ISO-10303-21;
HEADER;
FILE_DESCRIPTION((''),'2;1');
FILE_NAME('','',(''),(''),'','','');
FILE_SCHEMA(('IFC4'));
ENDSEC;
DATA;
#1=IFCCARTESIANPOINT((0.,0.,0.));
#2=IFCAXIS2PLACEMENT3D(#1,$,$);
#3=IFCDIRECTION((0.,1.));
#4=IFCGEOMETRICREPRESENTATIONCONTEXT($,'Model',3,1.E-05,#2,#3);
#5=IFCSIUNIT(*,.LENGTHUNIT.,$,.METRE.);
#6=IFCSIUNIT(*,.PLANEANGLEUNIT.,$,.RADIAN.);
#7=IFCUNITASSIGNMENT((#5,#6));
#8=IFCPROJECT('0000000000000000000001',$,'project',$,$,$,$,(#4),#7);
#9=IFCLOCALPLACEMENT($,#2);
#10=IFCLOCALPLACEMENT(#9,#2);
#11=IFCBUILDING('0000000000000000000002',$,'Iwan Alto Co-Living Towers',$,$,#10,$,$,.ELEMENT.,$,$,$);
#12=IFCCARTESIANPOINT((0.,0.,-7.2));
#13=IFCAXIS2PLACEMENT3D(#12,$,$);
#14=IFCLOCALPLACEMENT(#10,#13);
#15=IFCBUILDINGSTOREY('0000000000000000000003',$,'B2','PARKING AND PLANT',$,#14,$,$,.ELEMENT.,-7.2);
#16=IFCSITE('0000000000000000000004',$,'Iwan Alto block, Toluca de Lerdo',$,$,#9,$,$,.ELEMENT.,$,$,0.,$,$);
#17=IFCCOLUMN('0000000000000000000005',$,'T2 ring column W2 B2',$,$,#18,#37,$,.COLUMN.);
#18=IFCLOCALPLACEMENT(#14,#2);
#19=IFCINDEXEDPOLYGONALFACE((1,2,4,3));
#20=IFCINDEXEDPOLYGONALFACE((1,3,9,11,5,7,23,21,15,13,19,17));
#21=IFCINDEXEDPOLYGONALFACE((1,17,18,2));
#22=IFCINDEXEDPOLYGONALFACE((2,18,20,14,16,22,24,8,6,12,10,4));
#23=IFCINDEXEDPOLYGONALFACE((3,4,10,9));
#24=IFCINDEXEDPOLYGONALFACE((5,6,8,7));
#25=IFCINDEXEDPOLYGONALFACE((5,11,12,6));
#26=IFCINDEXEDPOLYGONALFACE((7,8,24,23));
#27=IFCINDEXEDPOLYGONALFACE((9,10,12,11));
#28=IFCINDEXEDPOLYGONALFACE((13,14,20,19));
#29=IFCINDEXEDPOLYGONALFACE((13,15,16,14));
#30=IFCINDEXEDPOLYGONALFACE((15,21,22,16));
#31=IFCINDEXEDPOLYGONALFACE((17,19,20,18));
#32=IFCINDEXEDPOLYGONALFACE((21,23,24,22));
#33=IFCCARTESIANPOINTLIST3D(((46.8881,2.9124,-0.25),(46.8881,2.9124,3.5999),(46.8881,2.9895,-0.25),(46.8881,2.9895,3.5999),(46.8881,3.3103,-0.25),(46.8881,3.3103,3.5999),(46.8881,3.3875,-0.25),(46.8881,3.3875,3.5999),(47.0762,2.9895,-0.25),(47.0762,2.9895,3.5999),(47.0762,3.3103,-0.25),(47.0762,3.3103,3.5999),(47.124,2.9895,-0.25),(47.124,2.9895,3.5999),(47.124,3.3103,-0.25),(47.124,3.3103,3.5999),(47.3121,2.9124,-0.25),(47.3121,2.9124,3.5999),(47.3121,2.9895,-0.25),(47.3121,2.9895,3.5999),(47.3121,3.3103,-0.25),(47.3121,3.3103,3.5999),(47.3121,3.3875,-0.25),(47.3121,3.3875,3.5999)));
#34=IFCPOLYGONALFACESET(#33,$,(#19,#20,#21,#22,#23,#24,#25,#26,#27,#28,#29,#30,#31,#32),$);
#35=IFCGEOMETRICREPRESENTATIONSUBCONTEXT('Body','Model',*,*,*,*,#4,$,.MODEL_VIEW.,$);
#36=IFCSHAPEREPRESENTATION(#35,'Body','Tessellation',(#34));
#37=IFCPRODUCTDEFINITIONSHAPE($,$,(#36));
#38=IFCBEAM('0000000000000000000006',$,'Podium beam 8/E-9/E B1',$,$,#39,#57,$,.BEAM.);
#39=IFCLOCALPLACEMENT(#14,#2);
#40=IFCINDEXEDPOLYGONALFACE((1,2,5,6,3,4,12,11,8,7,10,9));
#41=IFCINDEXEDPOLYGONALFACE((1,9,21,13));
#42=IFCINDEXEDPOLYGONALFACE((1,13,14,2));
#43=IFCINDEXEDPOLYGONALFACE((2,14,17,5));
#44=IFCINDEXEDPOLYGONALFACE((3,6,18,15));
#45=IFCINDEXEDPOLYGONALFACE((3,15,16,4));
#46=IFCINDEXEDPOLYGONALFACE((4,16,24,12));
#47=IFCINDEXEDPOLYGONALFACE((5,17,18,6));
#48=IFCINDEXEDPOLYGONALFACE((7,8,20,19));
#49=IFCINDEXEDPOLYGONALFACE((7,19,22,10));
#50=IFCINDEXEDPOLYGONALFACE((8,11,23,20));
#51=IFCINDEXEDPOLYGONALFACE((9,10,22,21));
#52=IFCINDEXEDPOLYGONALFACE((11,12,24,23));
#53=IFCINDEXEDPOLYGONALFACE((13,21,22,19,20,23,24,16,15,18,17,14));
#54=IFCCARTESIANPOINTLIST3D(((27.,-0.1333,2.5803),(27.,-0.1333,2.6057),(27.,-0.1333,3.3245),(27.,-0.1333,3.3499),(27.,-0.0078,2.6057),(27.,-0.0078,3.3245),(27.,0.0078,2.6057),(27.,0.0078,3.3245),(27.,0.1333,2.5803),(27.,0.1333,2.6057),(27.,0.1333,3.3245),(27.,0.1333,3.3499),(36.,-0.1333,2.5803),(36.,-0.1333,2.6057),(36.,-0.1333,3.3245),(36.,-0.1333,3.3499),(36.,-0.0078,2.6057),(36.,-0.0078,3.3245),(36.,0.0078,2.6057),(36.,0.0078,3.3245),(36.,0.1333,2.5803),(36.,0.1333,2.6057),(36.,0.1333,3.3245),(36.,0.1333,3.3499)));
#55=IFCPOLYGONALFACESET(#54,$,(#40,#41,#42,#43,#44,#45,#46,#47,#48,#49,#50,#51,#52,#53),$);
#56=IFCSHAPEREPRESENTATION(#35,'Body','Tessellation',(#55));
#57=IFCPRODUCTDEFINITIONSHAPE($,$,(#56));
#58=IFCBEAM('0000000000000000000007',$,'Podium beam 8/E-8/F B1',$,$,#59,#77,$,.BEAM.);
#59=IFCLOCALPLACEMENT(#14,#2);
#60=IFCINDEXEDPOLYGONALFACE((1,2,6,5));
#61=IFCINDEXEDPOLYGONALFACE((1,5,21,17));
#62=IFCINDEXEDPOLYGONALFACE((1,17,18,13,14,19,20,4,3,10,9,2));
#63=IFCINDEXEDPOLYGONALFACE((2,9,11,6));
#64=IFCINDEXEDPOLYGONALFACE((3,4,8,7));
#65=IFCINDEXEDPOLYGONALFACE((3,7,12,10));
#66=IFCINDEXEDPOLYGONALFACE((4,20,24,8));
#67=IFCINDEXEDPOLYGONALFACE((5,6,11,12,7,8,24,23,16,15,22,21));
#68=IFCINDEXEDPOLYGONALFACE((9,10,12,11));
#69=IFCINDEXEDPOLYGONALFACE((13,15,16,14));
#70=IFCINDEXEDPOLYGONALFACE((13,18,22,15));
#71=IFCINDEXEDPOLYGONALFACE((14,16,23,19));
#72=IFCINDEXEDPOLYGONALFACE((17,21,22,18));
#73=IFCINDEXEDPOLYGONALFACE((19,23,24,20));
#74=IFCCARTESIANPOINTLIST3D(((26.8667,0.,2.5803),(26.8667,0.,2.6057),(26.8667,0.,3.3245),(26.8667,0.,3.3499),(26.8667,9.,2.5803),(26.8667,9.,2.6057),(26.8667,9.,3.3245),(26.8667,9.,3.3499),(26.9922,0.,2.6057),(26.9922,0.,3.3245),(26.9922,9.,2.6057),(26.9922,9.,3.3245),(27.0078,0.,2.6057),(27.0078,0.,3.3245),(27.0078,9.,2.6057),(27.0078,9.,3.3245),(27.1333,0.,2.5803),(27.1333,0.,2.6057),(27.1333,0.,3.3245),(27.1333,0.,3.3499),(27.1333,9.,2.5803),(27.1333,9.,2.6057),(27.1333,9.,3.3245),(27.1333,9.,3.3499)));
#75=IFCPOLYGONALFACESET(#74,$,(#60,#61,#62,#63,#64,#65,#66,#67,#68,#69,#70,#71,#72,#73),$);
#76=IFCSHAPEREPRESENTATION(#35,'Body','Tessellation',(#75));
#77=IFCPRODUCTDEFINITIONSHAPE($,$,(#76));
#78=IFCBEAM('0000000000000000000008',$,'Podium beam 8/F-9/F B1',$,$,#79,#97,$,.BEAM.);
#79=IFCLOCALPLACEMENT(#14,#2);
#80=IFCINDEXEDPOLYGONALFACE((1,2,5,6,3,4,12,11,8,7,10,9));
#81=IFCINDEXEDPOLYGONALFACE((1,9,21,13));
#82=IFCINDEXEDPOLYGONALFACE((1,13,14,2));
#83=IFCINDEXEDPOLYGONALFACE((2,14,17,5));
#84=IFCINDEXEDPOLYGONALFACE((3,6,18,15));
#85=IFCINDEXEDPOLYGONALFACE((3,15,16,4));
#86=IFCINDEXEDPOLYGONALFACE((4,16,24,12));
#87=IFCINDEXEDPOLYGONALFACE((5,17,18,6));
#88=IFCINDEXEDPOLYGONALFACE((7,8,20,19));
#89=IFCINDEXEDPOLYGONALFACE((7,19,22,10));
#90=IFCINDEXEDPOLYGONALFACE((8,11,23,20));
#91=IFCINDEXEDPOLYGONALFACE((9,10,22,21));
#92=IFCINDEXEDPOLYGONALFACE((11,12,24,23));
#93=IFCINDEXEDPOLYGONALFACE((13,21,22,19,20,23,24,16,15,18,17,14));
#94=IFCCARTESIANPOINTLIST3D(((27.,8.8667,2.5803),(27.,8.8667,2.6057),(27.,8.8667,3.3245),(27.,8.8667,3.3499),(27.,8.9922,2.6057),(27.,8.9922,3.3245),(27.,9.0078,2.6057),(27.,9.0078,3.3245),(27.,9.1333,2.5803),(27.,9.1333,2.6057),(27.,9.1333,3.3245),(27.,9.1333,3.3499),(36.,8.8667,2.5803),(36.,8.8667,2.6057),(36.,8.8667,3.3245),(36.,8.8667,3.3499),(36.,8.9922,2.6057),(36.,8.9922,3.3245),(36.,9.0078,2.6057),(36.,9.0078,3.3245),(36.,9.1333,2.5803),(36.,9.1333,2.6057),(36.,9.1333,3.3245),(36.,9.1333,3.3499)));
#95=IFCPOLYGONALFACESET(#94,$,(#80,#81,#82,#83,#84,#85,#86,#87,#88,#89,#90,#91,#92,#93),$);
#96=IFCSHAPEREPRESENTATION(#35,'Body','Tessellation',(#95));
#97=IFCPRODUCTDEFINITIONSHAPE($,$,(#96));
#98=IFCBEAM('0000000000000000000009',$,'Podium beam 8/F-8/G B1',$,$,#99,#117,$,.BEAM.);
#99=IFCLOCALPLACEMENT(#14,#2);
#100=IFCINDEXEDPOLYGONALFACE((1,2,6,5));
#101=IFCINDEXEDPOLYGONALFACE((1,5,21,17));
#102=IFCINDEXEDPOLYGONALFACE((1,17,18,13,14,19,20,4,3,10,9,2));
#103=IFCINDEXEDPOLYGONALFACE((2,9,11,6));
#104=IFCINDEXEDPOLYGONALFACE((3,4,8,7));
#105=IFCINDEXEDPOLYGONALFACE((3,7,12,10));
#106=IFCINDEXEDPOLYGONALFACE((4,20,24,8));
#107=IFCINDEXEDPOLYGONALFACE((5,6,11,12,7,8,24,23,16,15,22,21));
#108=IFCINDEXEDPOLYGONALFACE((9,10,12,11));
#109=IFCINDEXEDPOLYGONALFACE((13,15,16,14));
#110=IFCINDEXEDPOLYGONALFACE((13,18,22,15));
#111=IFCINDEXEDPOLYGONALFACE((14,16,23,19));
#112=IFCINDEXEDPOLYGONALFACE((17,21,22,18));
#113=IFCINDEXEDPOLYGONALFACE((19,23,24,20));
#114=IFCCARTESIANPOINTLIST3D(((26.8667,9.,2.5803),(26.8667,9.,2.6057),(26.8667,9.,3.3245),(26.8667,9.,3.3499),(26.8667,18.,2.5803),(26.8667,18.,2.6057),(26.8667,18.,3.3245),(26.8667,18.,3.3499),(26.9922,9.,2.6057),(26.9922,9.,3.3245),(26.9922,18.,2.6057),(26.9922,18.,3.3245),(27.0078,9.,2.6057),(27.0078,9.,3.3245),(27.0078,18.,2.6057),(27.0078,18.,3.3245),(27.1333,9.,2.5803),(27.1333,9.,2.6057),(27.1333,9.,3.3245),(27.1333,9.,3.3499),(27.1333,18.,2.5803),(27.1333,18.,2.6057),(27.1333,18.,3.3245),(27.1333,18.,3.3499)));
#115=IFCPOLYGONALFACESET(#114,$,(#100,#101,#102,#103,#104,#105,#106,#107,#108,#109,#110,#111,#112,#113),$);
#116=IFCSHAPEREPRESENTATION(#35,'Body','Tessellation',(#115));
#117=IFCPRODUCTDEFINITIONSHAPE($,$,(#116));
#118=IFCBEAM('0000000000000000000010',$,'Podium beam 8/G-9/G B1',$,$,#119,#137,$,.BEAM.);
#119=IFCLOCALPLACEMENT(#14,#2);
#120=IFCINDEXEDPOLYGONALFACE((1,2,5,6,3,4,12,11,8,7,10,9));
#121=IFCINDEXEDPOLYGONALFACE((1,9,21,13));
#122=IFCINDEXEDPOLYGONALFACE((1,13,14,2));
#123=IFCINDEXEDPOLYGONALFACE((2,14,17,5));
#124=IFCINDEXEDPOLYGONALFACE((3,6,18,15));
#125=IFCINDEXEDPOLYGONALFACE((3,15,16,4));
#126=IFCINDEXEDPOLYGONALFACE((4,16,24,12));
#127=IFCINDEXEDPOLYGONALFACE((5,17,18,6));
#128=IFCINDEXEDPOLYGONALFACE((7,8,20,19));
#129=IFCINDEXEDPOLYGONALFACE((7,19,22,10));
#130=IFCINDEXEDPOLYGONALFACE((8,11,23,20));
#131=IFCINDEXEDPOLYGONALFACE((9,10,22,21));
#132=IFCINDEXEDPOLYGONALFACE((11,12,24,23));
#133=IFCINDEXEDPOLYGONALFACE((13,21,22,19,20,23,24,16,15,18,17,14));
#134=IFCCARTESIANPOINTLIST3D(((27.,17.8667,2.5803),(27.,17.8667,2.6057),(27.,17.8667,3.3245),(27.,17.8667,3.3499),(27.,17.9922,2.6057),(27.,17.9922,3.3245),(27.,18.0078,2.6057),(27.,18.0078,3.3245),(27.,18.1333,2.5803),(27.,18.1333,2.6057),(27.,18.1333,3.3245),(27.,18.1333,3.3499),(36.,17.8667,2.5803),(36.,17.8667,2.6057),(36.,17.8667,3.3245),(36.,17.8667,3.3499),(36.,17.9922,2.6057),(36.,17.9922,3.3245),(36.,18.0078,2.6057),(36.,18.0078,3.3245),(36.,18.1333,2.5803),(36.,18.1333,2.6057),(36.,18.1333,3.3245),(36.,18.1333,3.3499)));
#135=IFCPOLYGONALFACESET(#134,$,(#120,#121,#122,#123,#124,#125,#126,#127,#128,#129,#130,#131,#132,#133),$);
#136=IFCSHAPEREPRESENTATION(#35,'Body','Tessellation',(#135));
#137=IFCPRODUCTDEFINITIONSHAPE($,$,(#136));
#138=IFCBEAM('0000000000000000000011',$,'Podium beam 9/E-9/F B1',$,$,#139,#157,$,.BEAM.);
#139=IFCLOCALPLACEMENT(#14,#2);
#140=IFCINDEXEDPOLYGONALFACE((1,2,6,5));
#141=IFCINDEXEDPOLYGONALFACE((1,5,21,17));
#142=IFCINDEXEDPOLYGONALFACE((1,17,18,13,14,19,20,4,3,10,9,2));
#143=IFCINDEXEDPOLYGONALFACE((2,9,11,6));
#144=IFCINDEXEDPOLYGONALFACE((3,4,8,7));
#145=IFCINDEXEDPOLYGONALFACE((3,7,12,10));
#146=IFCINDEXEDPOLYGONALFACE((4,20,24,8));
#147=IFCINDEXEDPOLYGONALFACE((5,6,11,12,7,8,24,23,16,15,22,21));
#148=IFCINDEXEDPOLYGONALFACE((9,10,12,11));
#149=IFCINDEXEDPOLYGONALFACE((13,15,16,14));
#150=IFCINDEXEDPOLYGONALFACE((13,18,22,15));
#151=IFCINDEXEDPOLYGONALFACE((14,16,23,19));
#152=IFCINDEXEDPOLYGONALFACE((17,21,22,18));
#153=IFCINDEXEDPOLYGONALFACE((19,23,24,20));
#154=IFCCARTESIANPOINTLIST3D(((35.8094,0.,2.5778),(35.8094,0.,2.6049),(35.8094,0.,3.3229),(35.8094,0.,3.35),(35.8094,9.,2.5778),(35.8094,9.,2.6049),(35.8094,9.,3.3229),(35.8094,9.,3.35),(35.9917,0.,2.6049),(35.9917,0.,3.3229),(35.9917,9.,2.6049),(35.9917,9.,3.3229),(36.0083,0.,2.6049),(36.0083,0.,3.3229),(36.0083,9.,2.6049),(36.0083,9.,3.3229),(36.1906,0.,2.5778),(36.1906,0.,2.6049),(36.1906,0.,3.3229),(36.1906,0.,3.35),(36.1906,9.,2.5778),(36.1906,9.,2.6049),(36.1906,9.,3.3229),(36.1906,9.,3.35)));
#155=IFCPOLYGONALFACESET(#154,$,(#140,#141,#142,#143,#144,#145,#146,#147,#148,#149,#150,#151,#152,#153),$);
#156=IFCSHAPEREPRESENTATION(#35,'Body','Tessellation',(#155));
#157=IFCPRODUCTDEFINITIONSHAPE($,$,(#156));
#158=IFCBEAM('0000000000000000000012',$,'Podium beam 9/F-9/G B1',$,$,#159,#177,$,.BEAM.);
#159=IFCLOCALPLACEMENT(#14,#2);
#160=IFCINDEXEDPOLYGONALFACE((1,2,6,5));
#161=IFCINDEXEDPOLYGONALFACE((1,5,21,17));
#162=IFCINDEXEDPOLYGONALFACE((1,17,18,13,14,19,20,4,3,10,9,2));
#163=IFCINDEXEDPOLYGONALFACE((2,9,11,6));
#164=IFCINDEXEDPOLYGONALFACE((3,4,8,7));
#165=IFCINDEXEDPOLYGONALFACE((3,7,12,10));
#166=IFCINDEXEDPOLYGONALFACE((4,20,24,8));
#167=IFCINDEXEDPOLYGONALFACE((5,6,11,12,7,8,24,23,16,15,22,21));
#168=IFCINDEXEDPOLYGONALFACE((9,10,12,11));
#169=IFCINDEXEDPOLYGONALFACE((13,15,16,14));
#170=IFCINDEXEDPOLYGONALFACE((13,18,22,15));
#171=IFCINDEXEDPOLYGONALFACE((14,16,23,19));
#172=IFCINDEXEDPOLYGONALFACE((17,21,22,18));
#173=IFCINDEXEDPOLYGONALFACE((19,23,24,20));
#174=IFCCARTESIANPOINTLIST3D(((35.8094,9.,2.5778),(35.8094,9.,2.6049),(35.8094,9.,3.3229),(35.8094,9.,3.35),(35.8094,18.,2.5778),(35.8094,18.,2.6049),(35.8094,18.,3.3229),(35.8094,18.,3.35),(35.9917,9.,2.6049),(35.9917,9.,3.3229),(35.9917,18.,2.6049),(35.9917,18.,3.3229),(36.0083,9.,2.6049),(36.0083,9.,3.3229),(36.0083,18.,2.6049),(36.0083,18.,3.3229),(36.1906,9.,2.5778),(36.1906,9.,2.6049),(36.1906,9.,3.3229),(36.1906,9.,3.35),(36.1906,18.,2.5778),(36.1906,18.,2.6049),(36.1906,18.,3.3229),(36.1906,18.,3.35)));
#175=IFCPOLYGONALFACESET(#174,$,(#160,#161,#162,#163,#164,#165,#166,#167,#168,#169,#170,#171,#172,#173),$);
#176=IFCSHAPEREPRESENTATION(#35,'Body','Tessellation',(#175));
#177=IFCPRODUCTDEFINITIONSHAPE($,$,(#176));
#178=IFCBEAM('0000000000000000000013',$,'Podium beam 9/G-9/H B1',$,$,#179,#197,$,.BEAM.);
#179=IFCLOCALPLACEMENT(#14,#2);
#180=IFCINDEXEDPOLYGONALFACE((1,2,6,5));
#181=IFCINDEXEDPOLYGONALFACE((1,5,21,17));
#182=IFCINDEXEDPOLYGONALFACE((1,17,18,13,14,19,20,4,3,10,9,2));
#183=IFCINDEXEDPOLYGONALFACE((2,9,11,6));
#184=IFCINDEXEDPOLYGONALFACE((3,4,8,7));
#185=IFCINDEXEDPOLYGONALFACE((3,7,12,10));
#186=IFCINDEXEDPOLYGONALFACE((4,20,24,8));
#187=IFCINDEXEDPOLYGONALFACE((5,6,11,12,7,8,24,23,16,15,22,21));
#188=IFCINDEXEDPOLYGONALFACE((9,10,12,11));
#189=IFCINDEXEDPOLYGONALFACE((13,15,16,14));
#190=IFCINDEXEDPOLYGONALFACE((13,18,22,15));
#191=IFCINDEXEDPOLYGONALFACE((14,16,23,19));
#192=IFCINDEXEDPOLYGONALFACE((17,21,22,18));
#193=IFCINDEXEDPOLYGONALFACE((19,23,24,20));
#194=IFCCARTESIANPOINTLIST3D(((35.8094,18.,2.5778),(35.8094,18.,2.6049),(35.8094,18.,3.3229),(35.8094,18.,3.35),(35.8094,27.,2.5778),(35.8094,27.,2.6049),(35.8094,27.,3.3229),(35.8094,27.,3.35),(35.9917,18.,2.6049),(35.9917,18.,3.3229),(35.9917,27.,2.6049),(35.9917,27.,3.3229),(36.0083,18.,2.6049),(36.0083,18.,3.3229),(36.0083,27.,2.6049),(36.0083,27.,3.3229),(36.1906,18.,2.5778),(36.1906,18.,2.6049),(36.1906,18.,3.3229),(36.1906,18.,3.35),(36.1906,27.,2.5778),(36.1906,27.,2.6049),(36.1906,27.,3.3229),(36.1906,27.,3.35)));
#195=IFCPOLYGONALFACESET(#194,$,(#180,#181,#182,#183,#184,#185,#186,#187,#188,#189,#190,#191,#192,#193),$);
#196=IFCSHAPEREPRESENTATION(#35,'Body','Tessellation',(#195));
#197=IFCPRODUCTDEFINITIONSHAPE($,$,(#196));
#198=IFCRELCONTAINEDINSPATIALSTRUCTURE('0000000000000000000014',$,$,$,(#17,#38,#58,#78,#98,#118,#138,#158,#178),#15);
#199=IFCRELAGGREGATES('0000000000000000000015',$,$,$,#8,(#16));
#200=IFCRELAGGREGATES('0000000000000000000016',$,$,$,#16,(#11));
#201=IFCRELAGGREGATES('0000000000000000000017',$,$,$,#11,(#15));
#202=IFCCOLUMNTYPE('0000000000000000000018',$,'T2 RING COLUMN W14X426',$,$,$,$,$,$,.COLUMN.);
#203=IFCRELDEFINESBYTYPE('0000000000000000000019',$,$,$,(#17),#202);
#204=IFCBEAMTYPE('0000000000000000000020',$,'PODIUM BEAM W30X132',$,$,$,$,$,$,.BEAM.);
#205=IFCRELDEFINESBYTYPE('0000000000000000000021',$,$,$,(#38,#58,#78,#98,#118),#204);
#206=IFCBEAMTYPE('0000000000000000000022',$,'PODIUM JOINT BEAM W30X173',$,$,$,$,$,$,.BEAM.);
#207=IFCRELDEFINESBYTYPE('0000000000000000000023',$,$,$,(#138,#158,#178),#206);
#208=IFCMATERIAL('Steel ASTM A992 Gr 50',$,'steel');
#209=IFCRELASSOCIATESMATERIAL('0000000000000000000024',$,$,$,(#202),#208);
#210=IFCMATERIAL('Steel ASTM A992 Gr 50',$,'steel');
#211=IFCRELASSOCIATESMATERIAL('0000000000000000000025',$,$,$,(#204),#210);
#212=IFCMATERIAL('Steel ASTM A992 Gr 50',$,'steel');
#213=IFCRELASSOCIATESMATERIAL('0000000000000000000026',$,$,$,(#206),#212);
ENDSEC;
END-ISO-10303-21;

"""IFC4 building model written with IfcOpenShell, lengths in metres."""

from ifc_helpers import new_model, si_unit, direction, frame, origin, origin_2d, place, context, subcontext, project, spatial, i_section, extrude, material, material_profile, profile_set, type_object, element, save


model = new_model("IFC4")

# Units and contexts
model_context = context("Model", 3, precision=1e-05, world=origin(), true_north=direction((0.0, 1.0)))
body_context = subcontext(model_context, "Body", "Model", "MODEL_VIEW")
ifc_project = project(units=[si_unit("LENGTHUNIT", "METRE"), si_unit("PLANEANGLEUNIT", "RADIAN")], contexts=[model_context])

# Site, building, storey
site_placement = place(None, origin())
site = spatial("IfcSite", under=ifc_project, at=site_placement, Name="Iwan Alto block, Toluca de Lerdo", CompositionType="ELEMENT", RefElevation=0.0)
building_placement = place(site_placement, origin())
building = spatial("IfcBuilding", under=site, at=building_placement, Name="Iwan Alto Co-Living Towers", CompositionType="ELEMENT")
storey_placement = place(building_placement, frame((0.0, 0.0, -7.2)))
storey = spatial("IfcBuildingStorey", under=building, at=storey_placement, Name="B2", Description="PARKING AND PLANT", CompositionType="ELEMENT", Elevation=-7.2)

# Column
ifc_material_1 = material(Name="Steel ASTM A992 Gr 50", Category="steel")
ifc_material_profile_1 = material_profile(ifc_material_1, i_section(OverallWidth=0.4241, OverallDepth=0.4751, WebThickness=0.0479, FlangeThickness=0.0771, at=origin_2d()), Name="W14X426")
ifc_profile_set_1 = profile_set([ifc_material_profile_1], Name="Steel ASTM A992 Gr 50")
column_type_1 = type_object("IfcColumnType", Name="T2 RING COLUMN W14X426", PredefinedType="COLUMN", material=ifc_profile_set_1)
for number, where, z_axis, x_axis, name in (
    (1, (47.1001, 3.1499, -0.25), (0.0, 0.0, 1.0), (1.0, 0.0, 0.0), "T2 ring column W2 B2"),
):
    element("IfcColumn", number, at=place(storey_placement, frame(where, z_axis=z_axis, x_axis=x_axis)), inside=storey, type_object=column_type_1, Name=name, PredefinedType="COLUMN", context=body_context, shape_type="SweptSolid", body=[
        extrude(i_section(OverallWidth=0.4241, OverallDepth=0.4751, WebThickness=0.0479, FlangeThickness=0.0771, at=origin_2d()), origin(), (0.0, 0.0, 1.0), 3.8499),
    ])

# Beams
ifc_material_2 = material(Name="Steel ASTM A992 Gr 50", Category="steel")
ifc_material_profile_2 = material_profile(ifc_material_2, i_section(OverallWidth=0.2666, OverallDepth=0.7695, WebThickness=0.0156, FlangeThickness=0.0254, at=origin_2d()), Name="W30X132")
ifc_profile_set_2 = profile_set([ifc_material_profile_2], Name="Steel ASTM A992 Gr 50")
beam_type_1 = type_object("IfcBeamType", Name="PODIUM BEAM W30X132", PredefinedType="BEAM", material=ifc_profile_set_2)
for number, where, z_axis, x_axis, name in (
    (2, (27.0, 0.0, 2.9651), (1.0, 0.0, 0.0), (0.0, 1.0, 0.0), "Podium beam 8/E-9/E B1"),
    (3, (27.0, 0.0, 2.9651), (0.0, 1.0, 0.0), (-1.0, 0.0, 0.0), "Podium beam 8/E-8/F B1"),
    (4, (27.0, 9.0, 2.9651), (1.0, 0.0, 0.0), (0.0, 1.0, 0.0), "Podium beam 8/F-9/F B1"),
    (5, (27.0, 9.0, 2.9651), (0.0, 1.0, 0.0), (-1.0, 0.0, 0.0), "Podium beam 8/F-8/G B1"),
    (6, (27.0, 18.0, 2.9651), (1.0, 0.0, 0.0), (0.0, 1.0, 0.0), "Podium beam 8/G-9/G B1"),
):
    element("IfcBeam", number, at=place(storey_placement, frame(where, z_axis=z_axis, x_axis=x_axis)), inside=storey, type_object=beam_type_1, Name=name, PredefinedType="BEAM", context=body_context, shape_type="SweptSolid", body=[
        extrude(i_section(OverallWidth=0.2666, OverallDepth=0.7695, WebThickness=0.0156, FlangeThickness=0.0254, at=origin_2d()), origin(), (0.0, 0.0, 1.0), 9.0),
    ])
ifc_material_3 = material(Name="Steel ASTM A992 Gr 50", Category="steel")
ifc_material_profile_3 = material_profile(ifc_material_3, i_section(OverallWidth=0.3811, OverallDepth=0.7722, WebThickness=0.0166, FlangeThickness=0.0271, at=origin_2d()), Name="W30X173")
ifc_profile_set_3 = profile_set([ifc_material_profile_3], Name="Steel ASTM A992 Gr 50")
beam_type_2 = type_object("IfcBeamType", Name="PODIUM JOINT BEAM W30X173", PredefinedType="BEAM", material=ifc_profile_set_3)
for number, where, z_axis, x_axis, name in (
    (7, (36.0, 0.0, 2.9639), (0.0, 1.0, 0.0), (-1.0, 0.0, 0.0), "Podium beam 9/E-9/F B1"),
    (8, (36.0, 9.0, 2.9639), (0.0, 1.0, 0.0), (-1.0, 0.0, 0.0), "Podium beam 9/F-9/G B1"),
    (9, (36.0, 18.0, 2.9639), (0.0, 1.0, 0.0), (-1.0, 0.0, 0.0), "Podium beam 9/G-9/H B1"),
):
    element("IfcBeam", number, at=place(storey_placement, frame(where, z_axis=z_axis, x_axis=x_axis)), inside=storey, type_object=beam_type_2, Name=name, PredefinedType="BEAM", context=body_context, shape_type="SweptSolid", body=[
        extrude(i_section(OverallWidth=0.3811, OverallDepth=0.7722, WebThickness=0.0166, FlangeThickness=0.0271, at=origin_2d()), origin(), (0.0, 0.0, 1.0), 9.0),
    ])

save(model, "model.ifc")
